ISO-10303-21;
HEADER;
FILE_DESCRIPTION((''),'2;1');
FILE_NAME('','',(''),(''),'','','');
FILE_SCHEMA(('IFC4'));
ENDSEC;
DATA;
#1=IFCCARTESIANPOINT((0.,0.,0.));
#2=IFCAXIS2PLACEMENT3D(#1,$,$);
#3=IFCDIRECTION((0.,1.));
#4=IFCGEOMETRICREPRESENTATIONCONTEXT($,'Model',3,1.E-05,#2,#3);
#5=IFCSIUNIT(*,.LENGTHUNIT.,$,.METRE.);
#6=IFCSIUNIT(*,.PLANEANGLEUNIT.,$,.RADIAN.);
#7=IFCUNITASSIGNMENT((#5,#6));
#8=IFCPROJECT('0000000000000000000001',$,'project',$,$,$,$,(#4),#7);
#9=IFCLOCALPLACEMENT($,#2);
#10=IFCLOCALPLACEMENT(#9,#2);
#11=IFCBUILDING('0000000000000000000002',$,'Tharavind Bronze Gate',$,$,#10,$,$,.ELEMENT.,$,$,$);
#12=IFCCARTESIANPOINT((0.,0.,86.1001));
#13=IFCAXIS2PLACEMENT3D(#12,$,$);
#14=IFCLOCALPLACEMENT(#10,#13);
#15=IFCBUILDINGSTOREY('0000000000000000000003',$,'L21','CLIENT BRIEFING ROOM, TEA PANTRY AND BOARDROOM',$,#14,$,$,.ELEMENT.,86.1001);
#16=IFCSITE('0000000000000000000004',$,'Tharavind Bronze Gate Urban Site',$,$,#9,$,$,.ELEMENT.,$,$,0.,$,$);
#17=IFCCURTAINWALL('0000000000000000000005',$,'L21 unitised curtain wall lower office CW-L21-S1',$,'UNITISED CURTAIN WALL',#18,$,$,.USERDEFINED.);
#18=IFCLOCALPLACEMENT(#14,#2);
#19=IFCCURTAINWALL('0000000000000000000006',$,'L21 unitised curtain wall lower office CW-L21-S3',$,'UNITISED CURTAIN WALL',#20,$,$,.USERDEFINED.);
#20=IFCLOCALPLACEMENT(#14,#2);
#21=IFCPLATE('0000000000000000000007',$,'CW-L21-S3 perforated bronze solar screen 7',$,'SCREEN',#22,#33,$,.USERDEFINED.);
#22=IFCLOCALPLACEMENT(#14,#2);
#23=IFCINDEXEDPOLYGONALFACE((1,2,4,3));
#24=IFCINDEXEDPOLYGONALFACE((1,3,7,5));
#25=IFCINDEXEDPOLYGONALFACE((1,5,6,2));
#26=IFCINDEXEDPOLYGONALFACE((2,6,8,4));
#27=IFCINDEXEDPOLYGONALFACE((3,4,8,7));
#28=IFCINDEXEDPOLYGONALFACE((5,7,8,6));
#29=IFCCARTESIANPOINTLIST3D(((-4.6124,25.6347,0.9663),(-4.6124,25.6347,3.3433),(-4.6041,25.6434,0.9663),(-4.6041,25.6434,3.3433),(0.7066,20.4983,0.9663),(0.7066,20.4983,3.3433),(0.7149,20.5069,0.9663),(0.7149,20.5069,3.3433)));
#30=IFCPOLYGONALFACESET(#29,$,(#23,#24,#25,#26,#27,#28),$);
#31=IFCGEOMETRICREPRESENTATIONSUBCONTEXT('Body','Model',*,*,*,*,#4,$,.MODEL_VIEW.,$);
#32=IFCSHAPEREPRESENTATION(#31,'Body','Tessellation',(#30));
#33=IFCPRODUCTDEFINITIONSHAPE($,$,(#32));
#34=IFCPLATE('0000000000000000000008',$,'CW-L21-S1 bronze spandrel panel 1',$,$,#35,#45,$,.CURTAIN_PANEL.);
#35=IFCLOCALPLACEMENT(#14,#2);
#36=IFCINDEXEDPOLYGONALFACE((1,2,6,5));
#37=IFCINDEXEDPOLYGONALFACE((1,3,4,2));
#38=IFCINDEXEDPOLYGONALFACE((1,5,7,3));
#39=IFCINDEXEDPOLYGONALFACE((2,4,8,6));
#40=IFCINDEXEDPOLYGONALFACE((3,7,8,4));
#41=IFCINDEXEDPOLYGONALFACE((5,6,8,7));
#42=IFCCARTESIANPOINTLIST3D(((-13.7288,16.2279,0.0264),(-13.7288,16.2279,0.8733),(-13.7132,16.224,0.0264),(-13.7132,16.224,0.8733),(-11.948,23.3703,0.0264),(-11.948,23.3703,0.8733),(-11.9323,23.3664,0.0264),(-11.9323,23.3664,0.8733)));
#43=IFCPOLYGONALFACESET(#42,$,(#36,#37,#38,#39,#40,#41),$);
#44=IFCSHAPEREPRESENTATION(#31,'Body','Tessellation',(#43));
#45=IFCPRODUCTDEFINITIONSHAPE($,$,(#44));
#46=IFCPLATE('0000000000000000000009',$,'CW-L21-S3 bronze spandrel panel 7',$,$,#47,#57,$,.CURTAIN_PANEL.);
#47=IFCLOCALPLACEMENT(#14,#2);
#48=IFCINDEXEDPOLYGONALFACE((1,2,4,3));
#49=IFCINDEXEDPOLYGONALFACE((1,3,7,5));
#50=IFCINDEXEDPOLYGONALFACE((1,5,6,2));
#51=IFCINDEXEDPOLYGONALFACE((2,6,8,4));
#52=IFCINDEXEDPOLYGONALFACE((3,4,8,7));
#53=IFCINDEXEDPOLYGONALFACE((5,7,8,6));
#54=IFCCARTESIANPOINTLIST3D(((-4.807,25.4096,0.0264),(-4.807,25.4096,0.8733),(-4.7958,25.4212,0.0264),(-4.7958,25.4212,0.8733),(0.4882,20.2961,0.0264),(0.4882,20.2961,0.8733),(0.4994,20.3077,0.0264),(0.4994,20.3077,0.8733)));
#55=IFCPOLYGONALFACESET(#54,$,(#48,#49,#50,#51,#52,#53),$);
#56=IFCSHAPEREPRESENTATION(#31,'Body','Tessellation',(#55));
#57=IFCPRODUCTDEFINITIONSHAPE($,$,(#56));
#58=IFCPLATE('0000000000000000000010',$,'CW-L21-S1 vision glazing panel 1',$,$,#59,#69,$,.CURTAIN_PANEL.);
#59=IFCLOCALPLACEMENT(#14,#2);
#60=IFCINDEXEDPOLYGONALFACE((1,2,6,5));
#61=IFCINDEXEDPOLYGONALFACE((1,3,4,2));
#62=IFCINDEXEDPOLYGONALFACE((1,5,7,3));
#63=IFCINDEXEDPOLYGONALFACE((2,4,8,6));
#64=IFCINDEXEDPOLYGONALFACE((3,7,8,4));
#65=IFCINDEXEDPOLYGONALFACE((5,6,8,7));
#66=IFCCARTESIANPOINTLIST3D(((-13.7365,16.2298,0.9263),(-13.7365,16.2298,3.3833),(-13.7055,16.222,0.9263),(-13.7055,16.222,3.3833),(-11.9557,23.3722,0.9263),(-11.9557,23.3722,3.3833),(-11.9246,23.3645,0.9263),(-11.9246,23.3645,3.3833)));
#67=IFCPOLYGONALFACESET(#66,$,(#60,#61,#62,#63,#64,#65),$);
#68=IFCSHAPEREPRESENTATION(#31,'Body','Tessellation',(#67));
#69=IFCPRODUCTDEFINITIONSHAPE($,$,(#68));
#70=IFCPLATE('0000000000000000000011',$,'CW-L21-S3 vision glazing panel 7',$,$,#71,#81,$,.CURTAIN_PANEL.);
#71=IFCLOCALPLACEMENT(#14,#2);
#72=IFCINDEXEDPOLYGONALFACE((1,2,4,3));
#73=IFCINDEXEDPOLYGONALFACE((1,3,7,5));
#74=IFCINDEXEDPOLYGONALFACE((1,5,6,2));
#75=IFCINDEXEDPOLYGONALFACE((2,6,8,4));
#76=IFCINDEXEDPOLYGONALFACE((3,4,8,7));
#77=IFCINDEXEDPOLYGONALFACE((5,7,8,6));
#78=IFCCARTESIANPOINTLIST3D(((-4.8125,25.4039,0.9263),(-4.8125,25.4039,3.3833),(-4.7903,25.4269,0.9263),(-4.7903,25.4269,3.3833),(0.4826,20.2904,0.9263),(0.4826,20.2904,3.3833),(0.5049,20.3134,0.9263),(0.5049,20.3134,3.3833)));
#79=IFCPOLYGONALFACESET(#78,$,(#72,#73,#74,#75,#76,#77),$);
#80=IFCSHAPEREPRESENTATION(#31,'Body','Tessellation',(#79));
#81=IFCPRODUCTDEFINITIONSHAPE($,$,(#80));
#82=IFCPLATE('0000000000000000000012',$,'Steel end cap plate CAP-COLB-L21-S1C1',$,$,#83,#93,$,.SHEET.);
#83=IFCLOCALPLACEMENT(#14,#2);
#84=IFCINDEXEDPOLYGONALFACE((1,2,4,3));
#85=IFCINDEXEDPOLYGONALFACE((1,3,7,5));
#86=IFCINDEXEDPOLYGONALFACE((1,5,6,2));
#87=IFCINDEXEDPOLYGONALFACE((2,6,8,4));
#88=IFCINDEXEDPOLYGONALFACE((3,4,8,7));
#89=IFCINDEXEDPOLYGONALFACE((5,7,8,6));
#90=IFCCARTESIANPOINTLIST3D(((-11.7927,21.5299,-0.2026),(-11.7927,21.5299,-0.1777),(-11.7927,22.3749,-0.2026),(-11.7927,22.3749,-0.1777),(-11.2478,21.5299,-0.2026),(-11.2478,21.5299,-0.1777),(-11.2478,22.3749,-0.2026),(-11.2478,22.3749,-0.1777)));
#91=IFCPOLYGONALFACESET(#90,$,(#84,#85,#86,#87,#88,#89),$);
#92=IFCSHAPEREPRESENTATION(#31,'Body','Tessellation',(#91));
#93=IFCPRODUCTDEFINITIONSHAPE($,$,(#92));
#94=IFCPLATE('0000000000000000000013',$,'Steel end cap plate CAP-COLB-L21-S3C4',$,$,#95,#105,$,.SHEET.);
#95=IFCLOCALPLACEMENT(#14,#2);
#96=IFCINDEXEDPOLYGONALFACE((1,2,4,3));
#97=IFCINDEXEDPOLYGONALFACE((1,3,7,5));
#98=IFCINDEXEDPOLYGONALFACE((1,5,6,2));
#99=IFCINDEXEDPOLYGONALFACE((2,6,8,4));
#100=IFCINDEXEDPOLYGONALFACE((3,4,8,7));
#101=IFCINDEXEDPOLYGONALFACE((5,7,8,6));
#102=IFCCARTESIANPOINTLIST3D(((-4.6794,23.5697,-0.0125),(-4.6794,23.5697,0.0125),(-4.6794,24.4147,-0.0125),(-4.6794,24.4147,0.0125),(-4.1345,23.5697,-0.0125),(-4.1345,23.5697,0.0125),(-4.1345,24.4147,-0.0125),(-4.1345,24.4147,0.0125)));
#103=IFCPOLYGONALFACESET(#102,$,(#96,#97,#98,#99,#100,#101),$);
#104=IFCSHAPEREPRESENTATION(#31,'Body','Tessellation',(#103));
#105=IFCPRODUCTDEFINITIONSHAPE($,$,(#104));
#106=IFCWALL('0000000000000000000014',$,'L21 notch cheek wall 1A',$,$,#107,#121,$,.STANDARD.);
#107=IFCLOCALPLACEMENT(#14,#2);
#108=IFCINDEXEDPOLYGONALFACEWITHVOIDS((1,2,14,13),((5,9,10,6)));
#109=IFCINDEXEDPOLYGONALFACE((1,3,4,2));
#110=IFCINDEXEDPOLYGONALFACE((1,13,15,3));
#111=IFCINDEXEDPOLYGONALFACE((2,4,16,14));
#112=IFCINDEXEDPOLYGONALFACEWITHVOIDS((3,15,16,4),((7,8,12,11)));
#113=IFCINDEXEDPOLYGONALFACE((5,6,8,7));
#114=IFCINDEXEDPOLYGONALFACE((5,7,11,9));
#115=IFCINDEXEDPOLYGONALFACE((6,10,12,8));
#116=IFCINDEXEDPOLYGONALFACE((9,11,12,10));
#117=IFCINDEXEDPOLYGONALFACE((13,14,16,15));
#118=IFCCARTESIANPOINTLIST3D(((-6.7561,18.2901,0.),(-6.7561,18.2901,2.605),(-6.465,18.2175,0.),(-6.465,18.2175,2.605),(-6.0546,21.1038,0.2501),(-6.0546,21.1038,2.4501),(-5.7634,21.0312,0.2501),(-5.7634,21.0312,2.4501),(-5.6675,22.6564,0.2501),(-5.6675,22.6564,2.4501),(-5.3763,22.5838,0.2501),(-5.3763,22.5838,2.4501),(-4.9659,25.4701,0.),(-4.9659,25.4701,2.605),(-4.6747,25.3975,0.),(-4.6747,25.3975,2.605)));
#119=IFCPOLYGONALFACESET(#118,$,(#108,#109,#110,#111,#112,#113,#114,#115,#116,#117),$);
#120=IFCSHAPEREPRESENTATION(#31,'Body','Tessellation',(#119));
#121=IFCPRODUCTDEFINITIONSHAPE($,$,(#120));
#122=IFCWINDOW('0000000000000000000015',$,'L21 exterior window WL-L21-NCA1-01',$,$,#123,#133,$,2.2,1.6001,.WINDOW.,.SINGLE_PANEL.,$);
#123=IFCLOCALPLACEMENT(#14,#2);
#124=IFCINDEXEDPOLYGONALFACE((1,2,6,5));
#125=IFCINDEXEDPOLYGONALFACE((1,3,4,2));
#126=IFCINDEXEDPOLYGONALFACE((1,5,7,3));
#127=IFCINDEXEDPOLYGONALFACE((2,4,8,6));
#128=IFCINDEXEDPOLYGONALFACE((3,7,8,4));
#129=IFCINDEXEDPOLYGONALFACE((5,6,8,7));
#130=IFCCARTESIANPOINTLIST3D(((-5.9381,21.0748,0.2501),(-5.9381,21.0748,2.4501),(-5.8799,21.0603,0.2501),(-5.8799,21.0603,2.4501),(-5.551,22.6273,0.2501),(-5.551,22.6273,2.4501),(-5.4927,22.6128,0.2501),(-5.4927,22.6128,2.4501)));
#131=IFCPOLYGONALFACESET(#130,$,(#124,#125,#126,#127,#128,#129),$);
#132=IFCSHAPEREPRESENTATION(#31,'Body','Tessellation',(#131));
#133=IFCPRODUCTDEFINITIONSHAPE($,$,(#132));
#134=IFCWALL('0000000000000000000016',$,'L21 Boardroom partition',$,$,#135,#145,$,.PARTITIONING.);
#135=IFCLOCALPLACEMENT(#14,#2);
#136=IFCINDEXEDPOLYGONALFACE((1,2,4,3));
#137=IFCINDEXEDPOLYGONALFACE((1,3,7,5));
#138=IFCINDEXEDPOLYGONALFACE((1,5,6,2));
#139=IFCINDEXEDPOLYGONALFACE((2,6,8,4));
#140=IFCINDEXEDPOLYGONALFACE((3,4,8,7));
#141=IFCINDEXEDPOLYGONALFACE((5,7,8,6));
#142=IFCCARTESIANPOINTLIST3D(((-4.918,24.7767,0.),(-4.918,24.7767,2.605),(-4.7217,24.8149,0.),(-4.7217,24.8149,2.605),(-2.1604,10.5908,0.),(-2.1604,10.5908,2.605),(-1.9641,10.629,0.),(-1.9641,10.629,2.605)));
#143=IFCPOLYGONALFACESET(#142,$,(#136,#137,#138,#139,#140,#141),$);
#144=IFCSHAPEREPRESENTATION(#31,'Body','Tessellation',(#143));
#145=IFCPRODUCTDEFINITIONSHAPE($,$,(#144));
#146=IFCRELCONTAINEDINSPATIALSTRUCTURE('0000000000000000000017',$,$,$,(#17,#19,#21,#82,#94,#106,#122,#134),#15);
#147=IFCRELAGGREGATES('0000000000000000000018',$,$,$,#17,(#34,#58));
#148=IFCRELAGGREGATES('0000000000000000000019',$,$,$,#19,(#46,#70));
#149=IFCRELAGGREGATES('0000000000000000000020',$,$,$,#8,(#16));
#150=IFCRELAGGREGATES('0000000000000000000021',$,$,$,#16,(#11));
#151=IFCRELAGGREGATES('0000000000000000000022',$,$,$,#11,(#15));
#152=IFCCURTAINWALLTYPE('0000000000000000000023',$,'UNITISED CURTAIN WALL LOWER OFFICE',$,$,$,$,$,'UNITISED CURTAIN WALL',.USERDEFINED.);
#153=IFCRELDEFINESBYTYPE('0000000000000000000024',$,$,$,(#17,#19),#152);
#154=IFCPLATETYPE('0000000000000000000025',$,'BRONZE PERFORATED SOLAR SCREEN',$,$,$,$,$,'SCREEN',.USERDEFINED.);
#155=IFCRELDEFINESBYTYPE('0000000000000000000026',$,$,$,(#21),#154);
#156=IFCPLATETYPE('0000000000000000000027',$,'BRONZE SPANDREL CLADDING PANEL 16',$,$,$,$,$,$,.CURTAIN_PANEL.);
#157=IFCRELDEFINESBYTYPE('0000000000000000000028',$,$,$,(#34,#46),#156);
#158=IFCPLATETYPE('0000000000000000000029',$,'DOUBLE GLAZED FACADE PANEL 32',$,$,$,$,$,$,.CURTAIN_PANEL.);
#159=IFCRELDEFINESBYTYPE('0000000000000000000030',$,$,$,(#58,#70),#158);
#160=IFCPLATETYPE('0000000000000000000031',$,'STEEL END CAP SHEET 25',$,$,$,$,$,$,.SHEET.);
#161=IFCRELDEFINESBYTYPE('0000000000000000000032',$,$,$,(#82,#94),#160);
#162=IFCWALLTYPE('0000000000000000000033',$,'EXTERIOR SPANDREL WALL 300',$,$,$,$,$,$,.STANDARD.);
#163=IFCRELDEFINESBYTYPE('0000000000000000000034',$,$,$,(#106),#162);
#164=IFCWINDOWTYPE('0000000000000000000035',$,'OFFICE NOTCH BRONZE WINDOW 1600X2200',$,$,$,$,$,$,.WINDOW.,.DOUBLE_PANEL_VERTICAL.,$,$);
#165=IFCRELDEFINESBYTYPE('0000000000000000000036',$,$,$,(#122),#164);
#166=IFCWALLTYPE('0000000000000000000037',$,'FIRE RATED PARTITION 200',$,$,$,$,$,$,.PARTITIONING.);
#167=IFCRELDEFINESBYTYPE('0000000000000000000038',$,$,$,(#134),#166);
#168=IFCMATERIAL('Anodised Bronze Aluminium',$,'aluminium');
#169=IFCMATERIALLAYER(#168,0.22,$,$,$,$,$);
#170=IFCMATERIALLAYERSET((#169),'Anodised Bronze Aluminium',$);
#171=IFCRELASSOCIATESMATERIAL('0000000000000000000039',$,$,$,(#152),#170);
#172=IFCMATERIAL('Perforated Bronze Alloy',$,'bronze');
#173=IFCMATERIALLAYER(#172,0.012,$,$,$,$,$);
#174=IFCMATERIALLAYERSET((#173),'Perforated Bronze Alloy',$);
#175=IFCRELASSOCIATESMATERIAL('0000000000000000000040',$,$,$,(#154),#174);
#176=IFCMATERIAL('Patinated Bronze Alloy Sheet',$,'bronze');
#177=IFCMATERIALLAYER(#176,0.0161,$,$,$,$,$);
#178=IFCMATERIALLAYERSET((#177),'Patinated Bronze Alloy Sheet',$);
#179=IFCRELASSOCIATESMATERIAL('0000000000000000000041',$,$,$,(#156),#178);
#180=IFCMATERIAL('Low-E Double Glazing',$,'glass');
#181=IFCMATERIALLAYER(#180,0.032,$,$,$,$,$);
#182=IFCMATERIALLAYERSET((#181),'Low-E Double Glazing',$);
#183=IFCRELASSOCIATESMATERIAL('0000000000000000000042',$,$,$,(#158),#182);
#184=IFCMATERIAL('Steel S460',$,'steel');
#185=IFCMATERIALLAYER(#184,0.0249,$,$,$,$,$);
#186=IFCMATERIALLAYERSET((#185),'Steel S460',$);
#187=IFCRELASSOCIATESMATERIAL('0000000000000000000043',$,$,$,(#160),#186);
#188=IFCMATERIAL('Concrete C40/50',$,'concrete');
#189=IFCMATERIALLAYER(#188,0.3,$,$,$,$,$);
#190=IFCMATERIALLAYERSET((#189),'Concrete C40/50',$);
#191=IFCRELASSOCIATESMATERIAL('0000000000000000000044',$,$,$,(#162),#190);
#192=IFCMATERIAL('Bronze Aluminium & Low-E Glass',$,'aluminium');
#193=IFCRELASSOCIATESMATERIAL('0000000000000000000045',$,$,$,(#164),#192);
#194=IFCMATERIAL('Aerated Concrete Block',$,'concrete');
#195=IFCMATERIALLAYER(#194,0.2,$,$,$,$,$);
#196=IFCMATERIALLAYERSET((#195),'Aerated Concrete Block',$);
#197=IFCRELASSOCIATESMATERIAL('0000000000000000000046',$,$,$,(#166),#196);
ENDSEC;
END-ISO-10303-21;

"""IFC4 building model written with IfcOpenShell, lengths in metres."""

from ifc_helpers import new_model, si_unit, direction, frame, frame_2d, origin, origin_2d, place, context, subcontext, project, spatial, rectangle, extrude, material, layer, layer_set, type_object, element, fill, aggregate, save


model = new_model("IFC4")

# Units and contexts
model_context = context("Model", 3, precision=1e-05, world=origin(), true_north=direction((0.0, 1.0)))
body_context = subcontext(model_context, "Body", "Model", "MODEL_VIEW")
ifc_project = project(units=[si_unit("LENGTHUNIT", "METRE"), si_unit("PLANEANGLEUNIT", "RADIAN")], contexts=[model_context])

# Site, building, storey
site_placement = place(None, origin())
site = spatial("IfcSite", under=ifc_project, at=site_placement, Name="Tharavind Bronze Gate Urban Site", CompositionType="ELEMENT", RefElevation=0.0)
building_placement = place(site_placement, origin())
building = spatial("IfcBuilding", under=site, at=building_placement, Name="Tharavind Bronze Gate", CompositionType="ELEMENT")
storey_placement = place(building_placement, frame((0.0, 0.0, 86.1001)))
storey = spatial("IfcBuildingStorey", under=building, at=storey_placement, Name="L21", Description="CLIENT BRIEFING ROOM, TEA PANTRY AND BOARDROOM", CompositionType="ELEMENT", Elevation=86.1001)

# Shared definitions
ifc_material_1 = material(Name="Steel S460", Category="steel")

# Curtain walls
ifc_material_2 = material(Name="Anodised Bronze Aluminium", Category="aluminium")
ifc_layer_1 = layer(ifc_material_2, 0.22)
ifc_layer_set_1 = layer_set([ifc_layer_1], Name="Anodised Bronze Aluminium")
curtain_wall_type = type_object("IfcCurtainWallType", Name="UNITISED CURTAIN WALL LOWER OFFICE", ElementType="UNITISED CURTAIN WALL", PredefinedType="USERDEFINED", material=ifc_layer_set_1)
curtain_wall_1_placement = place(storey_placement, origin())
curtain_wall_1 = element("IfcCurtainWall", 1, at=curtain_wall_1_placement, inside=storey, type_object=curtain_wall_type, Name="L21 unitised curtain wall lower office CW-L21-S1", ObjectType="UNITISED CURTAIN WALL", PredefinedType="USERDEFINED")
curtain_wall_2_placement = place(storey_placement, origin())
curtain_wall_2 = element("IfcCurtainWall", 2, at=curtain_wall_2_placement, inside=storey, type_object=curtain_wall_type, Name="L21 unitised curtain wall lower office CW-L21-S3", ObjectType="UNITISED CURTAIN WALL", PredefinedType="USERDEFINED")

# Plate
ifc_material_3 = material(Name="Perforated Bronze Alloy", Category="bronze")
ifc_layer_2 = layer(ifc_material_3, 0.012)
ifc_layer_set_2 = layer_set([ifc_layer_2], Name="Perforated Bronze Alloy")
plate_type_1 = type_object("IfcPlateType", Name="BRONZE PERFORATED SOLAR SCREEN", ElementType="SCREEN", PredefinedType="USERDEFINED", material=ifc_layer_set_2)
for number, where, z_axis, x_axis, name in (
    (3, (-1.9487, 23.0708, 0.9663), (0.0, 0.0, 1.0), (-0.719341, 0.694657, 0.0), "CW-L21-S3 perforated bronze solar screen 7"),
):
    element("IfcPlate", number, at=place(storey_placement, frame(where, z_axis=z_axis, x_axis=x_axis)), inside=storey, type_object=plate_type_1, Name=name, ObjectType="SCREEN", PredefinedType="USERDEFINED", context=body_context, shape_type="SweptSolid", body=[
        extrude(rectangle(XDim=7.3943, YDim=0.012, at=origin_2d()), origin(), (0.0, 0.0, 1.0), 2.377),
    ])

# Plates
ifc_material_4 = material(Name="Patinated Bronze Alloy Sheet", Category="bronze")
ifc_layer_3 = layer(ifc_material_4, 0.0161)
ifc_layer_set_3 = layer_set([ifc_layer_3], Name="Patinated Bronze Alloy Sheet")
plate_type_2 = type_object("IfcPlateType", Name="BRONZE SPANDREL CLADDING PANEL 16", PredefinedType="CURTAIN_PANEL", material=ifc_layer_set_3)
plate_1_placement = place(storey_placement, frame((-12.8306, 19.7971, 0.0264), z_axis=(0.0, 0.0, 1.0), x_axis=(-0.241922, -0.970296, 0.0)))
plate_1 = element("IfcPlate", 4, at=plate_1_placement, type_object=plate_type_2, Name="CW-L21-S1 bronze spandrel panel 1", PredefinedType="CURTAIN_PANEL", context=body_context, shape_type="SweptSolid", body=[
    extrude(rectangle(XDim=7.3611, YDim=0.0161, at=origin_2d()), origin(), (0.0, 0.0, 1.0), 0.8469),
])
plate_2_placement = place(storey_placement, frame((-2.1538, 22.8586, 0.0264), z_axis=(0.0, 0.0, 1.0), x_axis=(-0.719341, 0.694657, 0.0)))
plate_2 = element("IfcPlate", 5, at=plate_2_placement, type_object=plate_type_2, Name="CW-L21-S3 bronze spandrel panel 7", PredefinedType="CURTAIN_PANEL", context=body_context, shape_type="SweptSolid", body=[
    extrude(rectangle(XDim=7.3611, YDim=0.0161, at=origin_2d()), origin(), (0.0, 0.0, 1.0), 0.8469),
])
ifc_material_5 = material(Name="Low-E Double Glazing", Category="glass")
ifc_layer_4 = layer(ifc_material_5, 0.032)
ifc_layer_set_4 = layer_set([ifc_layer_4], Name="Low-E Double Glazing")
plate_type_3 = type_object("IfcPlateType", Name="DOUBLE GLAZED FACADE PANEL 32", PredefinedType="CURTAIN_PANEL", material=ifc_layer_set_4)
plate_3_placement = place(storey_placement, frame((-12.8306, 19.7971, 0.9263), z_axis=(0.0, 0.0, 1.0), x_axis=(-0.241922, -0.970296, 0.0)))
plate_3 = element("IfcPlate", 6, at=plate_3_placement, type_object=plate_type_3, Name="CW-L21-S1 vision glazing panel 1", PredefinedType="CURTAIN_PANEL", context=body_context, shape_type="SweptSolid", body=[
    extrude(rectangle(XDim=7.3611, YDim=0.032, at=origin_2d()), origin(), (0.0, 0.0, 1.0), 2.457),
])
aggregate(curtain_wall_1, [plate_1, plate_3])
plate_4_placement = place(storey_placement, frame((-2.1538, 22.8586, 0.9263), z_axis=(0.0, 0.0, 1.0), x_axis=(-0.719341, 0.694657, 0.0)))
plate_4 = element("IfcPlate", 7, at=plate_4_placement, type_object=plate_type_3, Name="CW-L21-S3 vision glazing panel 7", PredefinedType="CURTAIN_PANEL", context=body_context, shape_type="SweptSolid", body=[
    extrude(rectangle(XDim=7.3611, YDim=0.032, at=origin_2d()), origin(), (0.0, 0.0, 1.0), 2.457),
])
aggregate(curtain_wall_2, [plate_2, plate_4])

# Plates
ifc_layer_5 = layer(ifc_material_1, 0.0249)
ifc_layer_set_5 = layer_set([ifc_layer_5], Name="Steel S460")
plate_type_4 = type_object("IfcPlateType", Name="STEEL END CAP SHEET 25", PredefinedType="SHEET", material=ifc_layer_set_5)
for number, where, z_axis, x_axis, name in (
    (8, (-11.5203, 21.9524, -0.2026), (0.0, 0.0, 1.0), (1.0, 0.0, 0.0), "Steel end cap plate CAP-COLB-L21-S1C1"),
    (9, (-4.407, 23.9922, -0.0125), (0.0, 0.0, 1.0), (1.0, 0.0, 0.0), "Steel end cap plate CAP-COLB-L21-S3C4"),
):
    element("IfcPlate", number, at=place(storey_placement, frame(where, z_axis=z_axis, x_axis=x_axis)), inside=storey, type_object=plate_type_4, Name=name, PredefinedType="SHEET", context=body_context, shape_type="SweptSolid", body=[
        extrude(rectangle(XDim=0.5449, YDim=0.845, at=origin_2d()), origin(), (0.0, 0.0, 1.0), 0.0249),
    ])

# Wall, opening, window
ifc_material_6 = material(Name="Concrete C40/50", Category="concrete")
ifc_layer_6 = layer(ifc_material_6, 0.3)
ifc_layer_set_6 = layer_set([ifc_layer_6], Name="Concrete C40/50")
wall_type_1 = type_object("IfcWallType", Name="EXTERIOR SPANDREL WALL 300", PredefinedType="STANDARD", material=ifc_layer_set_6)
wall_1_placement = place(storey_placement, frame((-4.8203, 25.4338, 0.0), z_axis=(0.0, 0.0, 1.0), x_axis=(-0.24193, -0.970294, 0.0)))
wall_1 = element("IfcWall", 10, at=wall_1_placement, inside=storey, type_object=wall_type_1, Name="L21 notch cheek wall 1A", PredefinedType="STANDARD", context=body_context, shape_type="SweptSolid", body=[
    extrude(rectangle(XDim=7.3999, YDim=0.3, at=frame_2d((3.7, 0.0))), origin(), (0.0, 0.0, 1.0), 2.605),
])
opening_placement = place(wall_1_placement, frame((2.8999, 0.0, 0.25)))
opening = element("IfcOpeningElement", 11, at=opening_placement, cuts=wall_1, PredefinedType="OPENING", context=body_context, shape_type="SweptSolid", body=[
    extrude(rectangle(XDim=1.6001, YDim=2.2, at=frame_2d((0.8, 1.1001))), frame((0.0, 0.1599, 0.0), z_axis=(0.0, -1.0, 0.0), x_axis=(1.0, 0.0, 0.0)), (0.0, 0.0, 1.0), 0.32),
])
ifc_material_7 = material(Name="Bronze Aluminium & Low-E Glass", Category="aluminium")
window_type = type_object("IfcWindowType", Name="OFFICE NOTCH BRONZE WINDOW 1600X2200", PartitioningType="DOUBLE_PANEL_VERTICAL", PredefinedType="WINDOW", material=ifc_material_7)
window_placement = place(opening_placement, origin())
window = element("IfcWindow", 12, at=window_placement, inside=storey, type_object=window_type, Name="L21 exterior window WL-L21-NCA1-01", OverallHeight=2.2, OverallWidth=1.6001, PartitioningType="SINGLE_PANEL", PredefinedType="WINDOW", context=body_context, shape_type="SweptSolid", body=[
    extrude(rectangle(XDim=1.6001, YDim=2.2, at=frame_2d((0.8, 1.1001))), frame((0.0, 0.03, 0.0), z_axis=(0.0, -1.0, 0.0), x_axis=(1.0, 0.0, 0.0)), (0.0, 0.0, 1.0), 0.0601),
])
fill(opening, window)

# Wall
ifc_material_8 = material(Name="Aerated Concrete Block", Category="concrete")
ifc_layer_7 = layer(ifc_material_8, 0.2)
ifc_layer_set_7 = layer_set([ifc_layer_7], Name="Aerated Concrete Block")
wall_type_2 = type_object("IfcWallType", Name="FIRE RATED PARTITION 200", PredefinedType="PARTITIONING", material=ifc_layer_set_7)
wall_2_placement = place(storey_placement, frame((-4.8198, 24.7957, 0.0), z_axis=(0.0, 0.0, 1.0), x_axis=(0.190818, -0.981625, 0.0)))
element("IfcWall", 13, at=wall_2_placement, inside=storey, type_object=wall_type_2, Name="L21 Boardroom partition", PredefinedType="PARTITIONING", context=body_context, shape_type="SweptSolid", body=[
    extrude(rectangle(XDim=14.4514, YDim=0.2, at=frame_2d((7.2256, 0.0))), origin(), (0.0, 0.0, 1.0), 2.605),
])

save(model, "model.ifc")
